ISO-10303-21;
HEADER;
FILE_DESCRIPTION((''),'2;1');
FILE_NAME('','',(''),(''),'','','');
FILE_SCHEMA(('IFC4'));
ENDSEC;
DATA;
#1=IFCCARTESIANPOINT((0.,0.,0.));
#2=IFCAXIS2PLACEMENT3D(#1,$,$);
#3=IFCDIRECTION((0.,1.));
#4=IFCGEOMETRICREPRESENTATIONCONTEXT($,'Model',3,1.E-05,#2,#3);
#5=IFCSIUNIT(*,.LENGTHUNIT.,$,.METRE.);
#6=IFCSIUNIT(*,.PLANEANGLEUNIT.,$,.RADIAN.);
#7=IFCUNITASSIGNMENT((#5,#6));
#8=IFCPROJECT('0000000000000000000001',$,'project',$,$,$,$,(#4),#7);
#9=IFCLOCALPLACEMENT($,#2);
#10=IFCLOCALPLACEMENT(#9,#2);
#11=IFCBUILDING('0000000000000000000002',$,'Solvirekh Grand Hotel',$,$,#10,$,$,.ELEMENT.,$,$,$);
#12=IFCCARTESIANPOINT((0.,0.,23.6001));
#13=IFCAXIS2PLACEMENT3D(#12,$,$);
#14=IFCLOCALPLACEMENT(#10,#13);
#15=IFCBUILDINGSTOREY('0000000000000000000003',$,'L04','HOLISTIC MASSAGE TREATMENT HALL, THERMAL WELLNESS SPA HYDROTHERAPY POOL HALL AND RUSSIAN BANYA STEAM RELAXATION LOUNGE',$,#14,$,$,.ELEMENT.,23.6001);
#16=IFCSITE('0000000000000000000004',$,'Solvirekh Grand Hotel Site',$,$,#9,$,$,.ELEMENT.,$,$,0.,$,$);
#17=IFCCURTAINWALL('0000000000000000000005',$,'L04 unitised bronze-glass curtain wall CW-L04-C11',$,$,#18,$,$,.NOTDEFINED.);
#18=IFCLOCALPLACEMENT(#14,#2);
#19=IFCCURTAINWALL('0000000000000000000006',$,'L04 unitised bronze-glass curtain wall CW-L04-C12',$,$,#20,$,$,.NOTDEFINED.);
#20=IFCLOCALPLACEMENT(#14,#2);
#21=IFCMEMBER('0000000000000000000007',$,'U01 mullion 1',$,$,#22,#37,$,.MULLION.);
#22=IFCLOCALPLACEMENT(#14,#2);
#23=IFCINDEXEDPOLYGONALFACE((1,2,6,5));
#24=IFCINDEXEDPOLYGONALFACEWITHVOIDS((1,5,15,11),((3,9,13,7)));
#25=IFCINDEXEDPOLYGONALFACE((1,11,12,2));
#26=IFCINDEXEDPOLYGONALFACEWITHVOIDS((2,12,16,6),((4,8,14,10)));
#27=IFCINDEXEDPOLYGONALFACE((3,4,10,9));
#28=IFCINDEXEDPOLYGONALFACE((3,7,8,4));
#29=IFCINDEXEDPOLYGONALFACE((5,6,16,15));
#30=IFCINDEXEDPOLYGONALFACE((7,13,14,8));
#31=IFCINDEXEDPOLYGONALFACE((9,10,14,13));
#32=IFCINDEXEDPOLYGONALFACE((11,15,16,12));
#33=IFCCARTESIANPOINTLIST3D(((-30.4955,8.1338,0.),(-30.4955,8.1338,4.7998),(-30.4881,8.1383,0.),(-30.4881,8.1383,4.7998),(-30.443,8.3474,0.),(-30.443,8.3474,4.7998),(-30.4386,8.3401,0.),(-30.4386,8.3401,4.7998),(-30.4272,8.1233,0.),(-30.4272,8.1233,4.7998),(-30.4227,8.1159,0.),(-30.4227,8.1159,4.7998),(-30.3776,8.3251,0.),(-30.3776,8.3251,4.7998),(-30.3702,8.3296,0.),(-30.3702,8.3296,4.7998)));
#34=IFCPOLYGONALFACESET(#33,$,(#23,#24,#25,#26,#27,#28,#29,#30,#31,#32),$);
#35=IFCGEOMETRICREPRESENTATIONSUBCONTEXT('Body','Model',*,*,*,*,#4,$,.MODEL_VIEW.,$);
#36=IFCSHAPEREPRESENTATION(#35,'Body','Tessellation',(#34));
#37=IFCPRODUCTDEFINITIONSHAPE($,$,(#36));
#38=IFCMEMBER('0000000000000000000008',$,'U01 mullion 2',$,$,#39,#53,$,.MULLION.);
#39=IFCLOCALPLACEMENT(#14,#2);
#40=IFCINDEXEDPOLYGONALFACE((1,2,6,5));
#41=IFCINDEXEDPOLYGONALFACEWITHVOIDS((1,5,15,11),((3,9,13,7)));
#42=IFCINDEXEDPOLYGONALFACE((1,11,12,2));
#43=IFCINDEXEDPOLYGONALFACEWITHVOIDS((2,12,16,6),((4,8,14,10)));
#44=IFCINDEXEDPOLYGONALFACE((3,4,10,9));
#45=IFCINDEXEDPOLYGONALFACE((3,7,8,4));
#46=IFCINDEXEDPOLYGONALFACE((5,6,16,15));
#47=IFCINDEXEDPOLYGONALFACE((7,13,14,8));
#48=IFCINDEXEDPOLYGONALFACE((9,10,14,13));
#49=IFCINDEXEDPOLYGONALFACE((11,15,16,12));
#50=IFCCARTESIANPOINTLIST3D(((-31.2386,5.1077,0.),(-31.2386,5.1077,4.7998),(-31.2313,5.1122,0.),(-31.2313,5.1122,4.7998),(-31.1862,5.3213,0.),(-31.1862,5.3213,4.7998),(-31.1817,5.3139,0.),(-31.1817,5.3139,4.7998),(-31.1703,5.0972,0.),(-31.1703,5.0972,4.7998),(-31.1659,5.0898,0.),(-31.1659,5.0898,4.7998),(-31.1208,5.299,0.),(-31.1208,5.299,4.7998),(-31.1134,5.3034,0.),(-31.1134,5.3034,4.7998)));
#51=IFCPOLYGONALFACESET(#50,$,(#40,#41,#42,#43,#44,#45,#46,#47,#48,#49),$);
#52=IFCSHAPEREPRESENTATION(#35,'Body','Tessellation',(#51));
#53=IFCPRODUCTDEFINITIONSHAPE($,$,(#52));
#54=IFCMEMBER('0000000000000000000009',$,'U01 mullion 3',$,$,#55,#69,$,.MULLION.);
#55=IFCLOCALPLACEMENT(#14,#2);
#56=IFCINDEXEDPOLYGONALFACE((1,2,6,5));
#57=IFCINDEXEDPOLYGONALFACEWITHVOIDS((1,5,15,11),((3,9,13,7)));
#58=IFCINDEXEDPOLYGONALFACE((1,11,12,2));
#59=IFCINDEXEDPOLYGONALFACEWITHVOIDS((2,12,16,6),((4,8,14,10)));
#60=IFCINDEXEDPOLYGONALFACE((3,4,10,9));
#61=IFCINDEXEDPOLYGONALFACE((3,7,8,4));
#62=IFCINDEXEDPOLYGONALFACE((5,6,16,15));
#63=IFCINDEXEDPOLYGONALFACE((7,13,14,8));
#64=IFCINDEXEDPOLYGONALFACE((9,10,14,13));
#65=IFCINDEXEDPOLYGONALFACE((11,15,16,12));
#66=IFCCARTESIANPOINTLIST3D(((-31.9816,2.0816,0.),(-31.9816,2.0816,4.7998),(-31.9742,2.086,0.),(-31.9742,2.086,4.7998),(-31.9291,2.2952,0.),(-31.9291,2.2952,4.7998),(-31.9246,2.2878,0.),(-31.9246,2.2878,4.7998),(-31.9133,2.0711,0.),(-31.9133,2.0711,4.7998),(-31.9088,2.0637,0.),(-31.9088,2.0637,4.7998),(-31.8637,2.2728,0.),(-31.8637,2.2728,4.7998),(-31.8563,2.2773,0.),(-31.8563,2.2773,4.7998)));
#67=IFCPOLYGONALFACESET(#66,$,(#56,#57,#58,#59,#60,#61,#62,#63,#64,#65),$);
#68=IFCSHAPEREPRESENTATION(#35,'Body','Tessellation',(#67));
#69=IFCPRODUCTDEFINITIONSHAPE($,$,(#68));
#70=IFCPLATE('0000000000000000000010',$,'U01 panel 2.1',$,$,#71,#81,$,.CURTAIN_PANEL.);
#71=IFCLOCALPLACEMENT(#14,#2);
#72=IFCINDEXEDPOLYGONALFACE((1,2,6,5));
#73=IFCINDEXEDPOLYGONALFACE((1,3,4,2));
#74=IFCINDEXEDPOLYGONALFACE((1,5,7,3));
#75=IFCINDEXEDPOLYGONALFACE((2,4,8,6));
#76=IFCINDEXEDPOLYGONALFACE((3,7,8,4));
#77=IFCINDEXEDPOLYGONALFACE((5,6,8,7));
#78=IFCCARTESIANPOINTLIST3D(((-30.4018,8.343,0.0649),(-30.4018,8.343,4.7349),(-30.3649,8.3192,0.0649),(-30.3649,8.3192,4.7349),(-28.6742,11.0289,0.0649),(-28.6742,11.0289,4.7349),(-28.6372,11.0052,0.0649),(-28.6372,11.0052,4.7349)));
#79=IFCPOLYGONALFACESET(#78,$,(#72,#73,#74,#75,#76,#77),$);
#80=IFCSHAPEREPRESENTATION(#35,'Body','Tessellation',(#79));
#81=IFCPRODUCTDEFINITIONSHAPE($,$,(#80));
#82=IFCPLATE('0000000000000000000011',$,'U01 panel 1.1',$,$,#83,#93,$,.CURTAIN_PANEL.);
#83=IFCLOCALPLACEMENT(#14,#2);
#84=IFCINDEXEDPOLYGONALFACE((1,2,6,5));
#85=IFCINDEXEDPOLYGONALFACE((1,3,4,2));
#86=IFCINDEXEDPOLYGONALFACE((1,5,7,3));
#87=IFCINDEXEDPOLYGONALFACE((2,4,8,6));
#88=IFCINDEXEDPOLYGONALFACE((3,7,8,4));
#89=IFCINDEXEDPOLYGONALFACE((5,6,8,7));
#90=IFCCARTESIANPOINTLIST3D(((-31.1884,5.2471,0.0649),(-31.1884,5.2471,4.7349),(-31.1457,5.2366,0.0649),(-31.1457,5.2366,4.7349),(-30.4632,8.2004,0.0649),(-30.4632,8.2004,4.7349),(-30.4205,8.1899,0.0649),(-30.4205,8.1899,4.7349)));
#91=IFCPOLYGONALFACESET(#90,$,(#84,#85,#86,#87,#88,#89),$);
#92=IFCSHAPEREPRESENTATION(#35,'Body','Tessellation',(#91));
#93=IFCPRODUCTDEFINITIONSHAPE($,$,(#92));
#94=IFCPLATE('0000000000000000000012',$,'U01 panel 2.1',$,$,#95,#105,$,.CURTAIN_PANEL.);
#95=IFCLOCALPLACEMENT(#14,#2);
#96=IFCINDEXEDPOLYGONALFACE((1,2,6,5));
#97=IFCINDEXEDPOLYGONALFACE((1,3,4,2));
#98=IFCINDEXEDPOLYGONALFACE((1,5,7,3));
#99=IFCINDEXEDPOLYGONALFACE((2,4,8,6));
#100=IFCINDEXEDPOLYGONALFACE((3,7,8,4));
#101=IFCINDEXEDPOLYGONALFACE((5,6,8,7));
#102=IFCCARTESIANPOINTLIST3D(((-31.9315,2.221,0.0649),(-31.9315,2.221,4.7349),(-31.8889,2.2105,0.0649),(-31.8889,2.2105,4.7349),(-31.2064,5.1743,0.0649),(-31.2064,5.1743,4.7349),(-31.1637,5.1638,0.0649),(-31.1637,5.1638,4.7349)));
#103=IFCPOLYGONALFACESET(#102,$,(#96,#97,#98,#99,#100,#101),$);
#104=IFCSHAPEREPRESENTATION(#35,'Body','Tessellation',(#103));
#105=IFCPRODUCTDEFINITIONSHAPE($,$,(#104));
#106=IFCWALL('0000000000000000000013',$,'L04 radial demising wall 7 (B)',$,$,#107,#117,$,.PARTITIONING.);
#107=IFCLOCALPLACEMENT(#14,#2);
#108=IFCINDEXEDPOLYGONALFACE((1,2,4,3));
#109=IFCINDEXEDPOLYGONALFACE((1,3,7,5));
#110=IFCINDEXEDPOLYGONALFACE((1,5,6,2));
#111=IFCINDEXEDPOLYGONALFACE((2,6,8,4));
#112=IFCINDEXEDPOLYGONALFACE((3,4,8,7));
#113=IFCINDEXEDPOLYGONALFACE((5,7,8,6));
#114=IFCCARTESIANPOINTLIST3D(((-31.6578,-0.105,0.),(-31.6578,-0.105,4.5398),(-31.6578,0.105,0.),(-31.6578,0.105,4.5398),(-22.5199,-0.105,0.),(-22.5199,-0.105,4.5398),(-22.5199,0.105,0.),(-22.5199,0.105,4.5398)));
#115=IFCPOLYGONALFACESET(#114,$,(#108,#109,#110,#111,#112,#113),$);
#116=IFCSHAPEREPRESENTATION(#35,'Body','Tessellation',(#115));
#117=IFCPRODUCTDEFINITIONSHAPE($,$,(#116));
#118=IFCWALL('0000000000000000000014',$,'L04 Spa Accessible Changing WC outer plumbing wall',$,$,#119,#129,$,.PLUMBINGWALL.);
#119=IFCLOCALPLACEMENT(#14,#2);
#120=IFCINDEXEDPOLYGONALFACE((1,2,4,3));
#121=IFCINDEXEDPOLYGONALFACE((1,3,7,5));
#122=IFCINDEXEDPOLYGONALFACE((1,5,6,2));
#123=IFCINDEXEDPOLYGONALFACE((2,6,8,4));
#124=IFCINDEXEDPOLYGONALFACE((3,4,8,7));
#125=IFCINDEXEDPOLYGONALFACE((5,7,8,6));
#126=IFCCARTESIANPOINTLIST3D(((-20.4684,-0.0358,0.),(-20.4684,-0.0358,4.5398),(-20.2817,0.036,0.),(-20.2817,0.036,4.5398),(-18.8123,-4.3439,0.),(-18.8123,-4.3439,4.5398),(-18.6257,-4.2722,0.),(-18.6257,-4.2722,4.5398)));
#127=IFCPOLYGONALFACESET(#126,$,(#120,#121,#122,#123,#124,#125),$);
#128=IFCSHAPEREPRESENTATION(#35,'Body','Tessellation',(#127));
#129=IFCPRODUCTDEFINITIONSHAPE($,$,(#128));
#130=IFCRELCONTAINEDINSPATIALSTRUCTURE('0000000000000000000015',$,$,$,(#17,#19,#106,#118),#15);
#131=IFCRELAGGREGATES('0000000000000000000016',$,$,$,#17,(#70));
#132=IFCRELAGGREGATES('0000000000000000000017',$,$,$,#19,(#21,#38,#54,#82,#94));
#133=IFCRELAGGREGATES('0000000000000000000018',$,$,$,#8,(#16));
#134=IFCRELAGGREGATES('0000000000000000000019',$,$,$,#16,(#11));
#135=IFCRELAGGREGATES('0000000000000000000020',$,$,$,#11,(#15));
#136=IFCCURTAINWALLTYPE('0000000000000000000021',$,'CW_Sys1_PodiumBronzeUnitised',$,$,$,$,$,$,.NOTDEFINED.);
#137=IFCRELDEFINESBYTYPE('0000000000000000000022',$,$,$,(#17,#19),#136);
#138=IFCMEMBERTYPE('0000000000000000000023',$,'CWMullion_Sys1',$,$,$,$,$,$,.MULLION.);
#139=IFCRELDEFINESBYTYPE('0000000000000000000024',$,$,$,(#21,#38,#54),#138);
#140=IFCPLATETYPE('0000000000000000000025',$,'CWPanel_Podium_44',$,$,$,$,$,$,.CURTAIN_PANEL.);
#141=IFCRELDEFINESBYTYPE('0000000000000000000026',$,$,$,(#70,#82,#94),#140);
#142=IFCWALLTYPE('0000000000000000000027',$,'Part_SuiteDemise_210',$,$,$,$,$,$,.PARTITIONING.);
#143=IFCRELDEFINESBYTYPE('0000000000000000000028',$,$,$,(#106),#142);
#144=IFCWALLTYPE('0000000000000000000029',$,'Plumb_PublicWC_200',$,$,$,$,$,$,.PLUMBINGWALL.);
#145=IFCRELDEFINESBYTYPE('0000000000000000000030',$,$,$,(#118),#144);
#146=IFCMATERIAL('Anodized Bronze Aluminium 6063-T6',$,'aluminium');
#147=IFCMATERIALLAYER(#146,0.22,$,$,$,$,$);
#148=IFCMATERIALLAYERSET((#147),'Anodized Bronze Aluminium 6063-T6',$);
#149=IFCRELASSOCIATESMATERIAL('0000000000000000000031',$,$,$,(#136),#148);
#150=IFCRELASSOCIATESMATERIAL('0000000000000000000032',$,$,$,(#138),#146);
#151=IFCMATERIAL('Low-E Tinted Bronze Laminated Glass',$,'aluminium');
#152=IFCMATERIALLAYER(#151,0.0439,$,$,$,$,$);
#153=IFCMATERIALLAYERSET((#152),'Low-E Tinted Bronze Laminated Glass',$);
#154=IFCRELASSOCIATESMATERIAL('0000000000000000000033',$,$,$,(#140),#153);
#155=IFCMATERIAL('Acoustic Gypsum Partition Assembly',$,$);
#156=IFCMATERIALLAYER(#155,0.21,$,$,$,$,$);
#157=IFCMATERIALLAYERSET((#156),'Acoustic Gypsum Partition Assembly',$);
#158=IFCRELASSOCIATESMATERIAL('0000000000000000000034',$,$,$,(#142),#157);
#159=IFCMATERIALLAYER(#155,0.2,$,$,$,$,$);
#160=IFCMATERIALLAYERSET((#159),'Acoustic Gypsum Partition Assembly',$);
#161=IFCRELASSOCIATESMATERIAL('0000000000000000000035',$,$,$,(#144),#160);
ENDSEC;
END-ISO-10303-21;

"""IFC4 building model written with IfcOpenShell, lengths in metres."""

from ifc_helpers import new_model, si_unit, direction, frame, frame_2d, origin, origin_2d, place, context, subcontext, project, spatial, rectangle, hollow_rectangle, extrude, source, transform, mapped, material, layer, layer_set, material_profile, profile_set, type_object, element, aggregate, save


model = new_model("IFC4")

# Units and contexts
model_context = context("Model", 3, precision=1e-05, world=origin(), true_north=direction((0.0, 1.0)))
body_context = subcontext(model_context, "Body", "Model", "MODEL_VIEW")
ifc_project = project(units=[si_unit("LENGTHUNIT", "METRE"), si_unit("PLANEANGLEUNIT", "RADIAN")], contexts=[model_context])

# Site, building, storey
site_placement = place(None, origin())
site = spatial("IfcSite", under=ifc_project, at=site_placement, Name="Solvirekh Grand Hotel Site", CompositionType="ELEMENT", RefElevation=0.0)
building_placement = place(site_placement, origin())
building = spatial("IfcBuilding", under=site, at=building_placement, Name="Solvirekh Grand Hotel", CompositionType="ELEMENT")
storey_placement = place(building_placement, frame((0.0, 0.0, 23.6001)))
storey = spatial("IfcBuildingStorey", under=building, at=storey_placement, Name="L04", Description="HOLISTIC MASSAGE TREATMENT HALL, THERMAL WELLNESS SPA HYDROTHERAPY POOL HALL AND RUSSIAN BANYA STEAM RELAXATION LOUNGE", CompositionType="ELEMENT", Elevation=23.6001)

# Curtain walls
ifc_material_1 = material(Name="Anodized Bronze Aluminium 6063-T6", Category="aluminium")
ifc_layer_1 = layer(ifc_material_1, 0.22)
ifc_layer_set_1 = layer_set([ifc_layer_1], Name="Anodized Bronze Aluminium 6063-T6")
curtain_wall_type = type_object("IfcCurtainWallType", Name="CW_Sys1_PodiumBronzeUnitised", PredefinedType="NOTDEFINED", material=ifc_layer_set_1)
curtain_wall_1_placement = place(storey_placement, origin())
curtain_wall_1 = element("IfcCurtainWall", 1, at=curtain_wall_1_placement, inside=storey, type_object=curtain_wall_type, Name="L04 unitised bronze-glass curtain wall CW-L04-C11", PredefinedType="NOTDEFINED")
curtain_wall_2_placement = place(storey_placement, origin())
curtain_wall_2 = element("IfcCurtainWall", 2, at=curtain_wall_2_placement, inside=storey, type_object=curtain_wall_type, Name="L04 unitised bronze-glass curtain wall CW-L04-C12", PredefinedType="NOTDEFINED")

# Members
ifc_material_profile_1 = material_profile(ifc_material_1, hollow_rectangle(XDim=0.075, YDim=0.22, WallThickness=0.0061, at=origin_2d()), Name="ALU RHS 220X75X6")
ifc_profile_set_1 = profile_set([ifc_material_profile_1], Name="Anodized Bronze Aluminium 6063-T6")
member_type_1 = type_object("IfcMemberType", Name="CWMullion_Sys1", PredefinedType="MULLION", material=ifc_profile_set_1)
shared_shape_1 = source(origin(), body_context, "Body", "SweptSolid", [
    extrude(hollow_rectangle(XDim=0.075, YDim=0.22, WallThickness=0.0061, at=origin_2d()), origin(), (0.0, 0.0, 1.0), 4.7998),
])
member_1_placement = place(storey_placement, frame((-30.4329, 8.2317, 0.0), z_axis=(0.0, 0.0, 1.0), x_axis=(0.971151, -0.238467, 0.0)))
member_1 = element("IfcMember", 3, at=member_1_placement, type_object=member_type_1, Name="U01 mullion 1", PredefinedType="MULLION", context=body_context, shape_type="MappedRepresentation", body=[
    mapped(shared_shape_1, transform((0.0, 0.0, 0.0), x_axis=(1.0, 0.0, 0.0), y_axis=(0.0, 1.0, 0.0), z_axis=(0.0, 0.0, 1.0), scale=1.0)),
])
member_2_placement = place(storey_placement, frame((-31.176, 5.2056, 0.0), z_axis=(0.0, 0.0, 1.0), x_axis=(0.971151, -0.238467, 0.0)))
member_2 = element("IfcMember", 4, at=member_2_placement, type_object=member_type_1, Name="U01 mullion 2", PredefinedType="MULLION", context=body_context, shape_type="MappedRepresentation", body=[
    mapped(shared_shape_1, transform((0.0, 0.0, 0.0), x_axis=(1.0, 0.0, 0.0), y_axis=(0.0, 1.0, 0.0), z_axis=(0.0, 0.0, 1.0), scale=1.0)),
])
member_3_placement = place(storey_placement, frame((-31.9189, 2.1794, 0.0), z_axis=(0.0, 0.0, 1.0), x_axis=(0.971151, -0.238467, 0.0)))
member_3 = element("IfcMember", 5, at=member_3_placement, type_object=member_type_1, Name="U01 mullion 3", PredefinedType="MULLION", context=body_context, shape_type="MappedRepresentation", body=[
    mapped(shared_shape_1, transform((0.0, 0.0, 0.0), x_axis=(1.0, 0.0, 0.0), y_axis=(0.0, 1.0, 0.0), z_axis=(0.0, 0.0, 1.0), scale=1.0)),
])

# Plates
ifc_material_2 = material(Name="Low-E Tinted Bronze Laminated Glass", Category="aluminium")
ifc_layer_2 = layer(ifc_material_2, 0.0439)
ifc_layer_set_2 = layer_set([ifc_layer_2], Name="Low-E Tinted Bronze Laminated Glass")
plate_type = type_object("IfcPlateType", Name="CWPanel_Podium_44", PredefinedType="CURTAIN_PANEL", material=ifc_layer_set_2)
shared_shape_2 = source(origin(), body_context, "Body", "SweptSolid", [
    extrude(rectangle(XDim=3.1936, YDim=0.0439, at=origin_2d()), origin(), (0.0, 0.0, 1.0), 4.6699),
])
plate_1_placement = place(storey_placement, frame((-29.5195, 9.6741, 0.0649), z_axis=(0.0, 0.0, 1.0), x_axis=(-0.540979, -0.841036, 0.0)))
plate_1 = element("IfcPlate", 6, at=plate_1_placement, type_object=plate_type, Name="U01 panel 2.1", PredefinedType="CURTAIN_PANEL", context=body_context, shape_type="MappedRepresentation", body=[
    mapped(shared_shape_2, transform((0.0, 0.0, 0.0), x_axis=(1.0, 0.0, 0.0), y_axis=(0.0, 1.0, 0.0), z_axis=(0.0, 0.0, 1.0), scale=1.0)),
])
aggregate(curtain_wall_1, [plate_1])
shared_shape_3 = source(origin(), body_context, "Body", "SweptSolid", [
    extrude(rectangle(XDim=3.041, YDim=0.0439, at=origin_2d()), origin(), (0.0, 0.0, 1.0), 4.6699),
])
plate_2_placement = place(storey_placement, frame((-30.8044, 6.7185, 0.0649), z_axis=(0.0, 0.0, 1.0), x_axis=(-0.238467, -0.971151, 0.0)))
plate_2 = element("IfcPlate", 7, at=plate_2_placement, type_object=plate_type, Name="U01 panel 1.1", PredefinedType="CURTAIN_PANEL", context=body_context, shape_type="MappedRepresentation", body=[
    mapped(shared_shape_3, transform((0.0, 0.0, 0.0), x_axis=(1.0, 0.0, 0.0), y_axis=(0.0, 1.0, 0.0), z_axis=(0.0, 0.0, 1.0), scale=1.0)),
])
plate_3_placement = place(storey_placement, frame((-31.5476, 3.6924, 0.0649), z_axis=(0.0, 0.0, 1.0), x_axis=(-0.238467, -0.971151, 0.0)))
plate_3 = element("IfcPlate", 8, at=plate_3_placement, type_object=plate_type, Name="U01 panel 2.1", PredefinedType="CURTAIN_PANEL", context=body_context, shape_type="MappedRepresentation", body=[
    mapped(shared_shape_3, transform((0.0, 0.0, 0.0), x_axis=(1.0, 0.0, 0.0), y_axis=(0.0, 1.0, 0.0), z_axis=(0.0, 0.0, 1.0), scale=1.0)),
])
aggregate(curtain_wall_2, [member_1, member_2, member_3, plate_2, plate_3])

# Walls
ifc_material_3 = material(Name="Acoustic Gypsum Partition Assembly")
ifc_layer_3 = layer(ifc_material_3, 0.21)
ifc_layer_set_3 = layer_set([ifc_layer_3], Name="Acoustic Gypsum Partition Assembly")
wall_type_1 = type_object("IfcWallType", Name="Part_SuiteDemise_210", PredefinedType="PARTITIONING", material=ifc_layer_set_3)
wall_1_placement = place(storey_placement, frame((-22.52, 0.0, 0.0), z_axis=(0.0, 0.0, 1.0), x_axis=(-1.0, 0.0, 0.0)))
element("IfcWall", 9, at=wall_1_placement, inside=storey, type_object=wall_type_1, Name="L04 radial demising wall 7 (B)", PredefinedType="PARTITIONING", context=body_context, shape_type="SweptSolid", body=[
    extrude(rectangle(XDim=9.1379, YDim=0.21, at=frame_2d((4.5688, 0.0))), origin(), (0.0, 0.0, 1.0), 4.5398),
])
ifc_layer_4 = layer(ifc_material_3, 0.2)
ifc_layer_set_4 = layer_set([ifc_layer_4], Name="Acoustic Gypsum Partition Assembly")
wall_type_2 = type_object("IfcWallType", Name="Plumb_PublicWC_200", PredefinedType="PLUMBINGWALL", material=ifc_layer_set_4)
wall_2_placement = place(storey_placement, frame((-20.375, 0.0, 0.0), z_axis=(0.0, 0.0, 1.0), x_axis=(0.358798, -0.933415, 0.0)))
element("IfcWall", 10, at=wall_2_placement, inside=storey, type_object=wall_type_2, Name="L04 Spa Accessible Changing WC outer plumbing wall", PredefinedType="PLUMBINGWALL", context=body_context, shape_type="SweptSolid", body=[
    extrude(rectangle(XDim=4.6155, YDim=0.2, at=frame_2d((2.3076, 0.0))), origin(), (0.0, 0.0, 1.0), 4.5398),
])

save(model, "model.ifc")
